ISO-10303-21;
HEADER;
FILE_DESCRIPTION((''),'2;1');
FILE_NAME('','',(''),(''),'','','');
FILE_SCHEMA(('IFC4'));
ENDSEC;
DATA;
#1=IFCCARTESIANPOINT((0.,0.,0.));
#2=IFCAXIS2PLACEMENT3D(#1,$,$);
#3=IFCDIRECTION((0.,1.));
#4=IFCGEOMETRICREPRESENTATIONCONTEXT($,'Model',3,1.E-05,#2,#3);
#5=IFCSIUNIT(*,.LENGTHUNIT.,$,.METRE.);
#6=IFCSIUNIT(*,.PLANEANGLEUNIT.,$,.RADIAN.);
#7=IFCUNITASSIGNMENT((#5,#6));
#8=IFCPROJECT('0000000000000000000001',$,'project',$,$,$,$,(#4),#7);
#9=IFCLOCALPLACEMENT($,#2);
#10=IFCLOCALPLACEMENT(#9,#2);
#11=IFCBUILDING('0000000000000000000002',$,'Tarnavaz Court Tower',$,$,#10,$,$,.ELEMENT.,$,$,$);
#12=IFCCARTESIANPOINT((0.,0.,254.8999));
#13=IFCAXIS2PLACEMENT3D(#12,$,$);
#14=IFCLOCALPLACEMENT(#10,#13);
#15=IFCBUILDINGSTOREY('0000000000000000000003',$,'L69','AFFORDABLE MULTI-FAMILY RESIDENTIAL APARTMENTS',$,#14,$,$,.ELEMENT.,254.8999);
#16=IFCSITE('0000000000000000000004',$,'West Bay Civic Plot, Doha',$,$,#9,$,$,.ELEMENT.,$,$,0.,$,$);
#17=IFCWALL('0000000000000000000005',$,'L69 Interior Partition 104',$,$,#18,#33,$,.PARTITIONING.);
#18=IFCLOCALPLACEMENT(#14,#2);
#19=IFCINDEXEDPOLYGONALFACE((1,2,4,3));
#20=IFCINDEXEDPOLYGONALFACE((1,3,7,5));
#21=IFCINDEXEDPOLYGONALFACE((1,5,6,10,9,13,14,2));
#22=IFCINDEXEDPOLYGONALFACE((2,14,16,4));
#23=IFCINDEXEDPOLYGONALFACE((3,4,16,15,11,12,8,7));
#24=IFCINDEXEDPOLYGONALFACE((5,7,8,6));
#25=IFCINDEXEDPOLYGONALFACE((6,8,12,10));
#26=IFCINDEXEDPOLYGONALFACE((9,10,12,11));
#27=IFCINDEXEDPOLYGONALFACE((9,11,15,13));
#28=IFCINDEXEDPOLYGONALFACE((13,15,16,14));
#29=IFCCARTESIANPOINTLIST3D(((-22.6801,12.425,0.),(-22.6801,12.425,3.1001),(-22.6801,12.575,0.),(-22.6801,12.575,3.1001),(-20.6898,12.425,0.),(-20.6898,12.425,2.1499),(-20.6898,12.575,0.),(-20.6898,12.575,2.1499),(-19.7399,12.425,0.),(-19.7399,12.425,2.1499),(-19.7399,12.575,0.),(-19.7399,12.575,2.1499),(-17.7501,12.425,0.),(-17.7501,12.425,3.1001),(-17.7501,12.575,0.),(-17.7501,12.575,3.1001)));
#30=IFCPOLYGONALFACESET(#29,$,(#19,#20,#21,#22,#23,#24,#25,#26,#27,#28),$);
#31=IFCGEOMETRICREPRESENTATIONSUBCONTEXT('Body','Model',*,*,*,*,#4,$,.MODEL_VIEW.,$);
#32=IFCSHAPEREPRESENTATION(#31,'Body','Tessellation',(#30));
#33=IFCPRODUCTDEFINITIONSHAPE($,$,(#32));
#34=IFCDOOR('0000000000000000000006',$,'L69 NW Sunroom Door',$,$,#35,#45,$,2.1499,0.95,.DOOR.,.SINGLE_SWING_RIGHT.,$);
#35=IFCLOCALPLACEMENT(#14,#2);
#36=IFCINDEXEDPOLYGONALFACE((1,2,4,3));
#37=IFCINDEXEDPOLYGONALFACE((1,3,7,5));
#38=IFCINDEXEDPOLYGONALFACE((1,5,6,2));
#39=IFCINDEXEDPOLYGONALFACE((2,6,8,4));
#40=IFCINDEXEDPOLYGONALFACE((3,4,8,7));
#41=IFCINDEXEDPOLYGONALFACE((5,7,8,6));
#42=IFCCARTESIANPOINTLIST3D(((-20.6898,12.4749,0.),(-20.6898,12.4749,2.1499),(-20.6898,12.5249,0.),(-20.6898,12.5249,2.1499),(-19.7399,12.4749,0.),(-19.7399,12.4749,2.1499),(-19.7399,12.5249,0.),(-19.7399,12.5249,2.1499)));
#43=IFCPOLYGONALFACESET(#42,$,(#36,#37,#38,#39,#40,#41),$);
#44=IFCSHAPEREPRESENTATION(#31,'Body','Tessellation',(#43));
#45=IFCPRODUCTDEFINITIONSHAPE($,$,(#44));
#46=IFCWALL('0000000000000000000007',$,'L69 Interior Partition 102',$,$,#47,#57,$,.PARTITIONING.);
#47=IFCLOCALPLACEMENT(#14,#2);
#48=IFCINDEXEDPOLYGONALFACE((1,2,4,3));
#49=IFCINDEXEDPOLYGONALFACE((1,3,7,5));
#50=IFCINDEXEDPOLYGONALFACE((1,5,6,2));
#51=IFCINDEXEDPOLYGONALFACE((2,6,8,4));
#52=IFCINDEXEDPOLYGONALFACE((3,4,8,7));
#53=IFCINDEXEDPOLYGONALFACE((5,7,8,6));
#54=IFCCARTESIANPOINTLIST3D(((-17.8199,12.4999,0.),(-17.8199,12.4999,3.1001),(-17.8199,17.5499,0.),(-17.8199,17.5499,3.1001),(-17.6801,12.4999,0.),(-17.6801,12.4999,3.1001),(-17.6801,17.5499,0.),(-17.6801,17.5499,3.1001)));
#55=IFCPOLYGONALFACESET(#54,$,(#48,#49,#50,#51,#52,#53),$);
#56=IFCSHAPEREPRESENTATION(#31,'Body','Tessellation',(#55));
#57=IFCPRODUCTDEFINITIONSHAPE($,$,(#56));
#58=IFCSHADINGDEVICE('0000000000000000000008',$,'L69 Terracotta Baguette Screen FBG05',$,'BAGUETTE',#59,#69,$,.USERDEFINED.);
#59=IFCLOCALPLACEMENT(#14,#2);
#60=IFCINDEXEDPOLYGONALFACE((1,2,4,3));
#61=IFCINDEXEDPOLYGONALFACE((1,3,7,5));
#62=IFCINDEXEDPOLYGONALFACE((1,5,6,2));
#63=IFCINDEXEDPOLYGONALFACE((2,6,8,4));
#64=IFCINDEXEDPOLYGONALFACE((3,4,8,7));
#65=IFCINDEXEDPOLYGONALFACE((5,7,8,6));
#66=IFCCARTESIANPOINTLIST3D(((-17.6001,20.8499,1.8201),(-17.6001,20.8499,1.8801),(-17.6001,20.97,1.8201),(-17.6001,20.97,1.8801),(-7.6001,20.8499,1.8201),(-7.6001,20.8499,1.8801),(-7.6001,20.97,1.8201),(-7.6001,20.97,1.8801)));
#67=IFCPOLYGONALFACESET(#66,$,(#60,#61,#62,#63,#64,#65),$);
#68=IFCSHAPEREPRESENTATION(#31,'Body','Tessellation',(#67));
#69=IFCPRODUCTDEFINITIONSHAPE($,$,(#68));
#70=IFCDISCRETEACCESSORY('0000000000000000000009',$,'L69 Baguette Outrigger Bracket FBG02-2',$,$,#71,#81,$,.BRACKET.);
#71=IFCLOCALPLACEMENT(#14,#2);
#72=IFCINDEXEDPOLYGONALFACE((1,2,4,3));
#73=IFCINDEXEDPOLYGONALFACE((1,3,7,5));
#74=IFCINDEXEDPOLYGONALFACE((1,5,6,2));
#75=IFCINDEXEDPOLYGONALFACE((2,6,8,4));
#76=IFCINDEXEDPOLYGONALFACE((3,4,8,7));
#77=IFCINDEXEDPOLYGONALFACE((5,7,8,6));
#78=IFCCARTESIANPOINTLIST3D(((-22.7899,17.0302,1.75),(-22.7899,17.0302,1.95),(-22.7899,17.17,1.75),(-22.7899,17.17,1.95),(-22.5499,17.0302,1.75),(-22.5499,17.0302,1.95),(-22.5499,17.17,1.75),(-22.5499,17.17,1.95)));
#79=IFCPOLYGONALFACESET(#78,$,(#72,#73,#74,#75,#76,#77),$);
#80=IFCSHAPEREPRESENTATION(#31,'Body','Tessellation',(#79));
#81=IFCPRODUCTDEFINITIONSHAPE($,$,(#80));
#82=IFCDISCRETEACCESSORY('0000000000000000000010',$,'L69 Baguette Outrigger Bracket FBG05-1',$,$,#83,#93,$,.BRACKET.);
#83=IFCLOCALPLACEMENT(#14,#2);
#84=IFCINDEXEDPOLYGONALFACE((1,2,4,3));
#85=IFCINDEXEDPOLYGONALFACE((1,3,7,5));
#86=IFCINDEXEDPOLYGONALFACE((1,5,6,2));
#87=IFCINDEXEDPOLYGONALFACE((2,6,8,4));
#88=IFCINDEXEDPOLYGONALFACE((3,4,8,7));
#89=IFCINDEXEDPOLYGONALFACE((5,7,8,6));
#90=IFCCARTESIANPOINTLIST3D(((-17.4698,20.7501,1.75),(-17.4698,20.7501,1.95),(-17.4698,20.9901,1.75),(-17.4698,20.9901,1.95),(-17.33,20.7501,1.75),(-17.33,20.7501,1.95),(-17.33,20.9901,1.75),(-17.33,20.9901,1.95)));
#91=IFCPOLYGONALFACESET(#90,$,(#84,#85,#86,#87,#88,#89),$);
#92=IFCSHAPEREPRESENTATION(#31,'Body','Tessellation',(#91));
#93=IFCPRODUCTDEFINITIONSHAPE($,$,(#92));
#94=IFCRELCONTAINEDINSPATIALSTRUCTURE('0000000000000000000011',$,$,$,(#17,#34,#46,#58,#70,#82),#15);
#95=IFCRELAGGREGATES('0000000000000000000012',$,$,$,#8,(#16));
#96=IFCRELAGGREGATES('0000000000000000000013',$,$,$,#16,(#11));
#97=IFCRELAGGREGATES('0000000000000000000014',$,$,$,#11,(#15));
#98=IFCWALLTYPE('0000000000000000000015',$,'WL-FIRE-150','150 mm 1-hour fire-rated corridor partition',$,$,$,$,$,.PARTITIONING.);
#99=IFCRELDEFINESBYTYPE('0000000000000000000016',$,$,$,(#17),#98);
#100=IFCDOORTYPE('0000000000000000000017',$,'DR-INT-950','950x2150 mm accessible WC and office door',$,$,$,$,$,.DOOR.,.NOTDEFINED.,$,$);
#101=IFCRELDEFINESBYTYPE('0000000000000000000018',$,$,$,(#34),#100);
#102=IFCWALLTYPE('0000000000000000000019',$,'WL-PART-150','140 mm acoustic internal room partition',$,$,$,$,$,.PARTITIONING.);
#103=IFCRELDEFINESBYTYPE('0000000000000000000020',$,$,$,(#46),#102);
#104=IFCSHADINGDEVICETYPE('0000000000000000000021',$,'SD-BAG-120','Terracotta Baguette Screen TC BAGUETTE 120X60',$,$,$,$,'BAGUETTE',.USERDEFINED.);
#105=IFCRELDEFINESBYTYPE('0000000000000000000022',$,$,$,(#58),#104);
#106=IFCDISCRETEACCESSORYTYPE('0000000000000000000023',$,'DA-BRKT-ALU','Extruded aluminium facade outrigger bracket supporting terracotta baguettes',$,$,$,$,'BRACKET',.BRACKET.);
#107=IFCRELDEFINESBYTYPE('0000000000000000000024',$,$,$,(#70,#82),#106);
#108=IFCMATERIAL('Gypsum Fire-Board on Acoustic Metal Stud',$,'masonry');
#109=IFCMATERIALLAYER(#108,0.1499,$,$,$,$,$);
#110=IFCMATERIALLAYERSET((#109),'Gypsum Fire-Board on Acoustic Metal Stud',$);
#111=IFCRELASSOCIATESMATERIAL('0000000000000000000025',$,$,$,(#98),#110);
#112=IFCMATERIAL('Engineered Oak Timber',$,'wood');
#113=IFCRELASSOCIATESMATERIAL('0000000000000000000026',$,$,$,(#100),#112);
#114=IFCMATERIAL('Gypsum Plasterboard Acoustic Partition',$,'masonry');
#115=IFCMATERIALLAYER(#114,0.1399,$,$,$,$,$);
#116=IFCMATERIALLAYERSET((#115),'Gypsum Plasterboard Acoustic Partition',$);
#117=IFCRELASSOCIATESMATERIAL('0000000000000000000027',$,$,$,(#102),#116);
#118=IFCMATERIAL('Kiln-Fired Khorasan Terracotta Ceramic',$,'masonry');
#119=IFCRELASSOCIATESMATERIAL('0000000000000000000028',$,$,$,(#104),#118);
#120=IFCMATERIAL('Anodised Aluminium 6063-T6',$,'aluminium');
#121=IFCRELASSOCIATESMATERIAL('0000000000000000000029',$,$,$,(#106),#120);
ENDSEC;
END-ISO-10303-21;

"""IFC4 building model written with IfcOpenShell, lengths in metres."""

from ifc_helpers import new_model, si_unit, direction, frame, frame_2d, origin, origin_2d, place, context, subcontext, project, spatial, rectangle, extrude, material, layer, layer_set, material_profile, profile_set, type_object, element, fill, save


model = new_model("IFC4")

# Units and contexts
model_context = context("Model", 3, precision=1e-05, world=origin(), true_north=direction((0.0, 1.0)))
body_context = subcontext(model_context, "Body", "Model", "MODEL_VIEW")
ifc_project = project(units=[si_unit("LENGTHUNIT", "METRE"), si_unit("PLANEANGLEUNIT", "RADIAN")], contexts=[model_context])

# Site, building, storey
site_placement = place(None, origin())
site = spatial("IfcSite", under=ifc_project, at=site_placement, Name="West Bay Civic Plot, Doha", CompositionType="ELEMENT", RefElevation=0.0)
building_placement = place(site_placement, origin())
building = spatial("IfcBuilding", under=site, at=building_placement, Name="Tarnavaz Court Tower", CompositionType="ELEMENT")
storey_placement = place(building_placement, frame((0.0, 0.0, 254.8999)))
storey = spatial("IfcBuildingStorey", under=building, at=storey_placement, Name="L69", Description="AFFORDABLE MULTI-FAMILY RESIDENTIAL APARTMENTS", CompositionType="ELEMENT", Elevation=254.8999)

# Shared definitions
ifc_material_1 = material(Name="Gypsum Fire-Board on Acoustic Metal Stud", Category="masonry")
ifc_layer_1 = layer(ifc_material_1, 0.1499)
ifc_layer_set_1 = layer_set([ifc_layer_1], Name="Gypsum Fire-Board on Acoustic Metal Stud")
wall_type_1 = type_object("IfcWallType", Name="WL-FIRE-150", Description="150 mm 1-hour fire-rated corridor partition", PredefinedType="PARTITIONING", material=ifc_layer_set_1)
ifc_material_2 = material(Name="Engineered Oak Timber", Category="wood")
door_type = type_object("IfcDoorType", Name="DR-INT-950", Description="950x2150 mm accessible WC and office door", OperationType="NOTDEFINED", PredefinedType="DOOR", material=ifc_material_2)

# Wall, opening, door
wall_1_placement = place(storey_placement, frame((-22.6799, 12.5, 0.0), z_axis=(0.0, 0.0, 1.0), x_axis=(1.0, 0.0, 0.0)))
wall_1 = element("IfcWall", 1, at=wall_1_placement, inside=storey, type_object=wall_type_1, Name="L69 Interior Partition 104", PredefinedType="PARTITIONING", context=body_context, shape_type="SweptSolid", body=[
    extrude(rectangle(XDim=4.9299, YDim=0.1499, at=frame_2d((2.4648, 0.0))), origin(), (0.0, 0.0, 1.0), 3.1001),
])
opening_1_placement = place(wall_1_placement, frame((1.99, 0.0, 0.0)))
opening_1 = element("IfcOpeningElement", 2, at=opening_1_placement, cuts=wall_1, PredefinedType="OPENING", context=body_context, shape_type="SweptSolid", body=[
    extrude(rectangle(XDim=0.95, YDim=2.1499, at=frame_2d((0.4751, 1.075))), frame((0.0, 0.085, 0.0), z_axis=(0.0, -1.0, 0.0), x_axis=(1.0, 0.0, 0.0)), (0.0, 0.0, 1.0), 0.1699),
])
door_1_placement = place(opening_1_placement, origin())
door_1 = element("IfcDoor", 3, at=door_1_placement, inside=storey, type_object=door_type, Name="L69 NW Sunroom Door", OperationType="SINGLE_SWING_RIGHT", OverallHeight=2.1499, OverallWidth=0.95, PredefinedType="DOOR", context=body_context, shape_type="SweptSolid", body=[
    extrude(rectangle(XDim=0.95, YDim=2.1499, at=frame_2d((0.4751, 1.075))), frame((0.0, 0.0249, 0.0), z_axis=(0.0, -1.0, 0.0), x_axis=(1.0, 0.0, 0.0)), (0.0, 0.0, 1.0), 0.05),
])
fill(opening_1, door_1)

# Wall
ifc_material_3 = material(Name="Gypsum Plasterboard Acoustic Partition", Category="masonry")
ifc_layer_2 = layer(ifc_material_3, 0.1399)
ifc_layer_set_2 = layer_set([ifc_layer_2], Name="Gypsum Plasterboard Acoustic Partition")
wall_type_2 = type_object("IfcWallType", Name="WL-PART-150", Description="140 mm acoustic internal room partition", PredefinedType="PARTITIONING", material=ifc_layer_set_2)
wall_2_placement = place(storey_placement, frame((-17.75, 12.5, 0.0), z_axis=(0.0, 0.0, 1.0), x_axis=(0.0, 1.0, 0.0)))
element("IfcWall", 4, at=wall_2_placement, inside=storey, type_object=wall_type_2, Name="L69 Interior Partition 102", PredefinedType="PARTITIONING", context=body_context, shape_type="SweptSolid", body=[
    extrude(rectangle(XDim=5.05, YDim=0.1399, at=frame_2d((2.5249, 0.0))), origin(), (0.0, 0.0, 1.0), 3.1001),
])

# Shading device
ifc_material_4 = material(Name="Kiln-Fired Khorasan Terracotta Ceramic", Category="masonry")
ifc_material_profile_1 = material_profile(ifc_material_4, rectangle(XDim=0.1201, YDim=0.0601, at=origin_2d()), Name="TC BAGUETTE 120X60")
ifc_profile_set_1 = profile_set([ifc_material_profile_1], Name="Kiln-Fired Khorasan Terracotta Ceramic")
shading_device_type = type_object("IfcShadingDeviceType", Name="SD-BAG-120", Description="Terracotta Baguette Screen TC BAGUETTE 120X60", ElementType="BAGUETTE", PredefinedType="USERDEFINED", material=ifc_profile_set_1)
shading_device_placement = place(storey_placement, frame((-17.6001, 20.9099, 1.8501), z_axis=(1.0, 0.0, 0.0), x_axis=(0.0, 1.0, 0.0)))
element("IfcShadingDevice", 5, at=shading_device_placement, inside=storey, type_object=shading_device_type, Name="L69 Terracotta Baguette Screen FBG05", ObjectType="BAGUETTE", PredefinedType="USERDEFINED", context=body_context, shape_type="SweptSolid", body=[
    extrude(rectangle(XDim=0.1201, YDim=0.0601, at=origin_2d()), origin(), (0.0, 0.0, 1.0), 10.0),
])

# Discrete accessories
ifc_material_5 = material(Name="Anodised Aluminium 6063-T6", Category="aluminium")
discrete_accessory_type = type_object("IfcDiscreteAccessoryType", Name="DA-BRKT-ALU", Description="Extruded aluminium facade outrigger bracket supporting terracotta baguettes", ElementType="BRACKET", PredefinedType="BRACKET", material=ifc_material_5)
for number, where, z_axis, x_axis, name in (
    (6, (-22.6699, 17.1001, 1.75), (0.0, 0.0, 1.0), (0.0, 1.0, 0.0), "L69 Baguette Outrigger Bracket FBG02-2"),
    (7, (-17.3999, 20.8701, 1.75), (0.0, 0.0, 1.0), (1.0, 0.0, 0.0), "L69 Baguette Outrigger Bracket FBG05-1"),
):
    element("IfcDiscreteAccessory", number, at=place(storey_placement, frame(where, z_axis=z_axis, x_axis=x_axis)), inside=storey, type_object=discrete_accessory_type, Name=name, PredefinedType="BRACKET", context=body_context, shape_type="SweptSolid", body=[
        extrude(rectangle(XDim=0.1399, YDim=0.24, at=origin_2d()), origin(), (0.0, 0.0, 1.0), 0.2),
    ])

save(model, "model.ifc")
